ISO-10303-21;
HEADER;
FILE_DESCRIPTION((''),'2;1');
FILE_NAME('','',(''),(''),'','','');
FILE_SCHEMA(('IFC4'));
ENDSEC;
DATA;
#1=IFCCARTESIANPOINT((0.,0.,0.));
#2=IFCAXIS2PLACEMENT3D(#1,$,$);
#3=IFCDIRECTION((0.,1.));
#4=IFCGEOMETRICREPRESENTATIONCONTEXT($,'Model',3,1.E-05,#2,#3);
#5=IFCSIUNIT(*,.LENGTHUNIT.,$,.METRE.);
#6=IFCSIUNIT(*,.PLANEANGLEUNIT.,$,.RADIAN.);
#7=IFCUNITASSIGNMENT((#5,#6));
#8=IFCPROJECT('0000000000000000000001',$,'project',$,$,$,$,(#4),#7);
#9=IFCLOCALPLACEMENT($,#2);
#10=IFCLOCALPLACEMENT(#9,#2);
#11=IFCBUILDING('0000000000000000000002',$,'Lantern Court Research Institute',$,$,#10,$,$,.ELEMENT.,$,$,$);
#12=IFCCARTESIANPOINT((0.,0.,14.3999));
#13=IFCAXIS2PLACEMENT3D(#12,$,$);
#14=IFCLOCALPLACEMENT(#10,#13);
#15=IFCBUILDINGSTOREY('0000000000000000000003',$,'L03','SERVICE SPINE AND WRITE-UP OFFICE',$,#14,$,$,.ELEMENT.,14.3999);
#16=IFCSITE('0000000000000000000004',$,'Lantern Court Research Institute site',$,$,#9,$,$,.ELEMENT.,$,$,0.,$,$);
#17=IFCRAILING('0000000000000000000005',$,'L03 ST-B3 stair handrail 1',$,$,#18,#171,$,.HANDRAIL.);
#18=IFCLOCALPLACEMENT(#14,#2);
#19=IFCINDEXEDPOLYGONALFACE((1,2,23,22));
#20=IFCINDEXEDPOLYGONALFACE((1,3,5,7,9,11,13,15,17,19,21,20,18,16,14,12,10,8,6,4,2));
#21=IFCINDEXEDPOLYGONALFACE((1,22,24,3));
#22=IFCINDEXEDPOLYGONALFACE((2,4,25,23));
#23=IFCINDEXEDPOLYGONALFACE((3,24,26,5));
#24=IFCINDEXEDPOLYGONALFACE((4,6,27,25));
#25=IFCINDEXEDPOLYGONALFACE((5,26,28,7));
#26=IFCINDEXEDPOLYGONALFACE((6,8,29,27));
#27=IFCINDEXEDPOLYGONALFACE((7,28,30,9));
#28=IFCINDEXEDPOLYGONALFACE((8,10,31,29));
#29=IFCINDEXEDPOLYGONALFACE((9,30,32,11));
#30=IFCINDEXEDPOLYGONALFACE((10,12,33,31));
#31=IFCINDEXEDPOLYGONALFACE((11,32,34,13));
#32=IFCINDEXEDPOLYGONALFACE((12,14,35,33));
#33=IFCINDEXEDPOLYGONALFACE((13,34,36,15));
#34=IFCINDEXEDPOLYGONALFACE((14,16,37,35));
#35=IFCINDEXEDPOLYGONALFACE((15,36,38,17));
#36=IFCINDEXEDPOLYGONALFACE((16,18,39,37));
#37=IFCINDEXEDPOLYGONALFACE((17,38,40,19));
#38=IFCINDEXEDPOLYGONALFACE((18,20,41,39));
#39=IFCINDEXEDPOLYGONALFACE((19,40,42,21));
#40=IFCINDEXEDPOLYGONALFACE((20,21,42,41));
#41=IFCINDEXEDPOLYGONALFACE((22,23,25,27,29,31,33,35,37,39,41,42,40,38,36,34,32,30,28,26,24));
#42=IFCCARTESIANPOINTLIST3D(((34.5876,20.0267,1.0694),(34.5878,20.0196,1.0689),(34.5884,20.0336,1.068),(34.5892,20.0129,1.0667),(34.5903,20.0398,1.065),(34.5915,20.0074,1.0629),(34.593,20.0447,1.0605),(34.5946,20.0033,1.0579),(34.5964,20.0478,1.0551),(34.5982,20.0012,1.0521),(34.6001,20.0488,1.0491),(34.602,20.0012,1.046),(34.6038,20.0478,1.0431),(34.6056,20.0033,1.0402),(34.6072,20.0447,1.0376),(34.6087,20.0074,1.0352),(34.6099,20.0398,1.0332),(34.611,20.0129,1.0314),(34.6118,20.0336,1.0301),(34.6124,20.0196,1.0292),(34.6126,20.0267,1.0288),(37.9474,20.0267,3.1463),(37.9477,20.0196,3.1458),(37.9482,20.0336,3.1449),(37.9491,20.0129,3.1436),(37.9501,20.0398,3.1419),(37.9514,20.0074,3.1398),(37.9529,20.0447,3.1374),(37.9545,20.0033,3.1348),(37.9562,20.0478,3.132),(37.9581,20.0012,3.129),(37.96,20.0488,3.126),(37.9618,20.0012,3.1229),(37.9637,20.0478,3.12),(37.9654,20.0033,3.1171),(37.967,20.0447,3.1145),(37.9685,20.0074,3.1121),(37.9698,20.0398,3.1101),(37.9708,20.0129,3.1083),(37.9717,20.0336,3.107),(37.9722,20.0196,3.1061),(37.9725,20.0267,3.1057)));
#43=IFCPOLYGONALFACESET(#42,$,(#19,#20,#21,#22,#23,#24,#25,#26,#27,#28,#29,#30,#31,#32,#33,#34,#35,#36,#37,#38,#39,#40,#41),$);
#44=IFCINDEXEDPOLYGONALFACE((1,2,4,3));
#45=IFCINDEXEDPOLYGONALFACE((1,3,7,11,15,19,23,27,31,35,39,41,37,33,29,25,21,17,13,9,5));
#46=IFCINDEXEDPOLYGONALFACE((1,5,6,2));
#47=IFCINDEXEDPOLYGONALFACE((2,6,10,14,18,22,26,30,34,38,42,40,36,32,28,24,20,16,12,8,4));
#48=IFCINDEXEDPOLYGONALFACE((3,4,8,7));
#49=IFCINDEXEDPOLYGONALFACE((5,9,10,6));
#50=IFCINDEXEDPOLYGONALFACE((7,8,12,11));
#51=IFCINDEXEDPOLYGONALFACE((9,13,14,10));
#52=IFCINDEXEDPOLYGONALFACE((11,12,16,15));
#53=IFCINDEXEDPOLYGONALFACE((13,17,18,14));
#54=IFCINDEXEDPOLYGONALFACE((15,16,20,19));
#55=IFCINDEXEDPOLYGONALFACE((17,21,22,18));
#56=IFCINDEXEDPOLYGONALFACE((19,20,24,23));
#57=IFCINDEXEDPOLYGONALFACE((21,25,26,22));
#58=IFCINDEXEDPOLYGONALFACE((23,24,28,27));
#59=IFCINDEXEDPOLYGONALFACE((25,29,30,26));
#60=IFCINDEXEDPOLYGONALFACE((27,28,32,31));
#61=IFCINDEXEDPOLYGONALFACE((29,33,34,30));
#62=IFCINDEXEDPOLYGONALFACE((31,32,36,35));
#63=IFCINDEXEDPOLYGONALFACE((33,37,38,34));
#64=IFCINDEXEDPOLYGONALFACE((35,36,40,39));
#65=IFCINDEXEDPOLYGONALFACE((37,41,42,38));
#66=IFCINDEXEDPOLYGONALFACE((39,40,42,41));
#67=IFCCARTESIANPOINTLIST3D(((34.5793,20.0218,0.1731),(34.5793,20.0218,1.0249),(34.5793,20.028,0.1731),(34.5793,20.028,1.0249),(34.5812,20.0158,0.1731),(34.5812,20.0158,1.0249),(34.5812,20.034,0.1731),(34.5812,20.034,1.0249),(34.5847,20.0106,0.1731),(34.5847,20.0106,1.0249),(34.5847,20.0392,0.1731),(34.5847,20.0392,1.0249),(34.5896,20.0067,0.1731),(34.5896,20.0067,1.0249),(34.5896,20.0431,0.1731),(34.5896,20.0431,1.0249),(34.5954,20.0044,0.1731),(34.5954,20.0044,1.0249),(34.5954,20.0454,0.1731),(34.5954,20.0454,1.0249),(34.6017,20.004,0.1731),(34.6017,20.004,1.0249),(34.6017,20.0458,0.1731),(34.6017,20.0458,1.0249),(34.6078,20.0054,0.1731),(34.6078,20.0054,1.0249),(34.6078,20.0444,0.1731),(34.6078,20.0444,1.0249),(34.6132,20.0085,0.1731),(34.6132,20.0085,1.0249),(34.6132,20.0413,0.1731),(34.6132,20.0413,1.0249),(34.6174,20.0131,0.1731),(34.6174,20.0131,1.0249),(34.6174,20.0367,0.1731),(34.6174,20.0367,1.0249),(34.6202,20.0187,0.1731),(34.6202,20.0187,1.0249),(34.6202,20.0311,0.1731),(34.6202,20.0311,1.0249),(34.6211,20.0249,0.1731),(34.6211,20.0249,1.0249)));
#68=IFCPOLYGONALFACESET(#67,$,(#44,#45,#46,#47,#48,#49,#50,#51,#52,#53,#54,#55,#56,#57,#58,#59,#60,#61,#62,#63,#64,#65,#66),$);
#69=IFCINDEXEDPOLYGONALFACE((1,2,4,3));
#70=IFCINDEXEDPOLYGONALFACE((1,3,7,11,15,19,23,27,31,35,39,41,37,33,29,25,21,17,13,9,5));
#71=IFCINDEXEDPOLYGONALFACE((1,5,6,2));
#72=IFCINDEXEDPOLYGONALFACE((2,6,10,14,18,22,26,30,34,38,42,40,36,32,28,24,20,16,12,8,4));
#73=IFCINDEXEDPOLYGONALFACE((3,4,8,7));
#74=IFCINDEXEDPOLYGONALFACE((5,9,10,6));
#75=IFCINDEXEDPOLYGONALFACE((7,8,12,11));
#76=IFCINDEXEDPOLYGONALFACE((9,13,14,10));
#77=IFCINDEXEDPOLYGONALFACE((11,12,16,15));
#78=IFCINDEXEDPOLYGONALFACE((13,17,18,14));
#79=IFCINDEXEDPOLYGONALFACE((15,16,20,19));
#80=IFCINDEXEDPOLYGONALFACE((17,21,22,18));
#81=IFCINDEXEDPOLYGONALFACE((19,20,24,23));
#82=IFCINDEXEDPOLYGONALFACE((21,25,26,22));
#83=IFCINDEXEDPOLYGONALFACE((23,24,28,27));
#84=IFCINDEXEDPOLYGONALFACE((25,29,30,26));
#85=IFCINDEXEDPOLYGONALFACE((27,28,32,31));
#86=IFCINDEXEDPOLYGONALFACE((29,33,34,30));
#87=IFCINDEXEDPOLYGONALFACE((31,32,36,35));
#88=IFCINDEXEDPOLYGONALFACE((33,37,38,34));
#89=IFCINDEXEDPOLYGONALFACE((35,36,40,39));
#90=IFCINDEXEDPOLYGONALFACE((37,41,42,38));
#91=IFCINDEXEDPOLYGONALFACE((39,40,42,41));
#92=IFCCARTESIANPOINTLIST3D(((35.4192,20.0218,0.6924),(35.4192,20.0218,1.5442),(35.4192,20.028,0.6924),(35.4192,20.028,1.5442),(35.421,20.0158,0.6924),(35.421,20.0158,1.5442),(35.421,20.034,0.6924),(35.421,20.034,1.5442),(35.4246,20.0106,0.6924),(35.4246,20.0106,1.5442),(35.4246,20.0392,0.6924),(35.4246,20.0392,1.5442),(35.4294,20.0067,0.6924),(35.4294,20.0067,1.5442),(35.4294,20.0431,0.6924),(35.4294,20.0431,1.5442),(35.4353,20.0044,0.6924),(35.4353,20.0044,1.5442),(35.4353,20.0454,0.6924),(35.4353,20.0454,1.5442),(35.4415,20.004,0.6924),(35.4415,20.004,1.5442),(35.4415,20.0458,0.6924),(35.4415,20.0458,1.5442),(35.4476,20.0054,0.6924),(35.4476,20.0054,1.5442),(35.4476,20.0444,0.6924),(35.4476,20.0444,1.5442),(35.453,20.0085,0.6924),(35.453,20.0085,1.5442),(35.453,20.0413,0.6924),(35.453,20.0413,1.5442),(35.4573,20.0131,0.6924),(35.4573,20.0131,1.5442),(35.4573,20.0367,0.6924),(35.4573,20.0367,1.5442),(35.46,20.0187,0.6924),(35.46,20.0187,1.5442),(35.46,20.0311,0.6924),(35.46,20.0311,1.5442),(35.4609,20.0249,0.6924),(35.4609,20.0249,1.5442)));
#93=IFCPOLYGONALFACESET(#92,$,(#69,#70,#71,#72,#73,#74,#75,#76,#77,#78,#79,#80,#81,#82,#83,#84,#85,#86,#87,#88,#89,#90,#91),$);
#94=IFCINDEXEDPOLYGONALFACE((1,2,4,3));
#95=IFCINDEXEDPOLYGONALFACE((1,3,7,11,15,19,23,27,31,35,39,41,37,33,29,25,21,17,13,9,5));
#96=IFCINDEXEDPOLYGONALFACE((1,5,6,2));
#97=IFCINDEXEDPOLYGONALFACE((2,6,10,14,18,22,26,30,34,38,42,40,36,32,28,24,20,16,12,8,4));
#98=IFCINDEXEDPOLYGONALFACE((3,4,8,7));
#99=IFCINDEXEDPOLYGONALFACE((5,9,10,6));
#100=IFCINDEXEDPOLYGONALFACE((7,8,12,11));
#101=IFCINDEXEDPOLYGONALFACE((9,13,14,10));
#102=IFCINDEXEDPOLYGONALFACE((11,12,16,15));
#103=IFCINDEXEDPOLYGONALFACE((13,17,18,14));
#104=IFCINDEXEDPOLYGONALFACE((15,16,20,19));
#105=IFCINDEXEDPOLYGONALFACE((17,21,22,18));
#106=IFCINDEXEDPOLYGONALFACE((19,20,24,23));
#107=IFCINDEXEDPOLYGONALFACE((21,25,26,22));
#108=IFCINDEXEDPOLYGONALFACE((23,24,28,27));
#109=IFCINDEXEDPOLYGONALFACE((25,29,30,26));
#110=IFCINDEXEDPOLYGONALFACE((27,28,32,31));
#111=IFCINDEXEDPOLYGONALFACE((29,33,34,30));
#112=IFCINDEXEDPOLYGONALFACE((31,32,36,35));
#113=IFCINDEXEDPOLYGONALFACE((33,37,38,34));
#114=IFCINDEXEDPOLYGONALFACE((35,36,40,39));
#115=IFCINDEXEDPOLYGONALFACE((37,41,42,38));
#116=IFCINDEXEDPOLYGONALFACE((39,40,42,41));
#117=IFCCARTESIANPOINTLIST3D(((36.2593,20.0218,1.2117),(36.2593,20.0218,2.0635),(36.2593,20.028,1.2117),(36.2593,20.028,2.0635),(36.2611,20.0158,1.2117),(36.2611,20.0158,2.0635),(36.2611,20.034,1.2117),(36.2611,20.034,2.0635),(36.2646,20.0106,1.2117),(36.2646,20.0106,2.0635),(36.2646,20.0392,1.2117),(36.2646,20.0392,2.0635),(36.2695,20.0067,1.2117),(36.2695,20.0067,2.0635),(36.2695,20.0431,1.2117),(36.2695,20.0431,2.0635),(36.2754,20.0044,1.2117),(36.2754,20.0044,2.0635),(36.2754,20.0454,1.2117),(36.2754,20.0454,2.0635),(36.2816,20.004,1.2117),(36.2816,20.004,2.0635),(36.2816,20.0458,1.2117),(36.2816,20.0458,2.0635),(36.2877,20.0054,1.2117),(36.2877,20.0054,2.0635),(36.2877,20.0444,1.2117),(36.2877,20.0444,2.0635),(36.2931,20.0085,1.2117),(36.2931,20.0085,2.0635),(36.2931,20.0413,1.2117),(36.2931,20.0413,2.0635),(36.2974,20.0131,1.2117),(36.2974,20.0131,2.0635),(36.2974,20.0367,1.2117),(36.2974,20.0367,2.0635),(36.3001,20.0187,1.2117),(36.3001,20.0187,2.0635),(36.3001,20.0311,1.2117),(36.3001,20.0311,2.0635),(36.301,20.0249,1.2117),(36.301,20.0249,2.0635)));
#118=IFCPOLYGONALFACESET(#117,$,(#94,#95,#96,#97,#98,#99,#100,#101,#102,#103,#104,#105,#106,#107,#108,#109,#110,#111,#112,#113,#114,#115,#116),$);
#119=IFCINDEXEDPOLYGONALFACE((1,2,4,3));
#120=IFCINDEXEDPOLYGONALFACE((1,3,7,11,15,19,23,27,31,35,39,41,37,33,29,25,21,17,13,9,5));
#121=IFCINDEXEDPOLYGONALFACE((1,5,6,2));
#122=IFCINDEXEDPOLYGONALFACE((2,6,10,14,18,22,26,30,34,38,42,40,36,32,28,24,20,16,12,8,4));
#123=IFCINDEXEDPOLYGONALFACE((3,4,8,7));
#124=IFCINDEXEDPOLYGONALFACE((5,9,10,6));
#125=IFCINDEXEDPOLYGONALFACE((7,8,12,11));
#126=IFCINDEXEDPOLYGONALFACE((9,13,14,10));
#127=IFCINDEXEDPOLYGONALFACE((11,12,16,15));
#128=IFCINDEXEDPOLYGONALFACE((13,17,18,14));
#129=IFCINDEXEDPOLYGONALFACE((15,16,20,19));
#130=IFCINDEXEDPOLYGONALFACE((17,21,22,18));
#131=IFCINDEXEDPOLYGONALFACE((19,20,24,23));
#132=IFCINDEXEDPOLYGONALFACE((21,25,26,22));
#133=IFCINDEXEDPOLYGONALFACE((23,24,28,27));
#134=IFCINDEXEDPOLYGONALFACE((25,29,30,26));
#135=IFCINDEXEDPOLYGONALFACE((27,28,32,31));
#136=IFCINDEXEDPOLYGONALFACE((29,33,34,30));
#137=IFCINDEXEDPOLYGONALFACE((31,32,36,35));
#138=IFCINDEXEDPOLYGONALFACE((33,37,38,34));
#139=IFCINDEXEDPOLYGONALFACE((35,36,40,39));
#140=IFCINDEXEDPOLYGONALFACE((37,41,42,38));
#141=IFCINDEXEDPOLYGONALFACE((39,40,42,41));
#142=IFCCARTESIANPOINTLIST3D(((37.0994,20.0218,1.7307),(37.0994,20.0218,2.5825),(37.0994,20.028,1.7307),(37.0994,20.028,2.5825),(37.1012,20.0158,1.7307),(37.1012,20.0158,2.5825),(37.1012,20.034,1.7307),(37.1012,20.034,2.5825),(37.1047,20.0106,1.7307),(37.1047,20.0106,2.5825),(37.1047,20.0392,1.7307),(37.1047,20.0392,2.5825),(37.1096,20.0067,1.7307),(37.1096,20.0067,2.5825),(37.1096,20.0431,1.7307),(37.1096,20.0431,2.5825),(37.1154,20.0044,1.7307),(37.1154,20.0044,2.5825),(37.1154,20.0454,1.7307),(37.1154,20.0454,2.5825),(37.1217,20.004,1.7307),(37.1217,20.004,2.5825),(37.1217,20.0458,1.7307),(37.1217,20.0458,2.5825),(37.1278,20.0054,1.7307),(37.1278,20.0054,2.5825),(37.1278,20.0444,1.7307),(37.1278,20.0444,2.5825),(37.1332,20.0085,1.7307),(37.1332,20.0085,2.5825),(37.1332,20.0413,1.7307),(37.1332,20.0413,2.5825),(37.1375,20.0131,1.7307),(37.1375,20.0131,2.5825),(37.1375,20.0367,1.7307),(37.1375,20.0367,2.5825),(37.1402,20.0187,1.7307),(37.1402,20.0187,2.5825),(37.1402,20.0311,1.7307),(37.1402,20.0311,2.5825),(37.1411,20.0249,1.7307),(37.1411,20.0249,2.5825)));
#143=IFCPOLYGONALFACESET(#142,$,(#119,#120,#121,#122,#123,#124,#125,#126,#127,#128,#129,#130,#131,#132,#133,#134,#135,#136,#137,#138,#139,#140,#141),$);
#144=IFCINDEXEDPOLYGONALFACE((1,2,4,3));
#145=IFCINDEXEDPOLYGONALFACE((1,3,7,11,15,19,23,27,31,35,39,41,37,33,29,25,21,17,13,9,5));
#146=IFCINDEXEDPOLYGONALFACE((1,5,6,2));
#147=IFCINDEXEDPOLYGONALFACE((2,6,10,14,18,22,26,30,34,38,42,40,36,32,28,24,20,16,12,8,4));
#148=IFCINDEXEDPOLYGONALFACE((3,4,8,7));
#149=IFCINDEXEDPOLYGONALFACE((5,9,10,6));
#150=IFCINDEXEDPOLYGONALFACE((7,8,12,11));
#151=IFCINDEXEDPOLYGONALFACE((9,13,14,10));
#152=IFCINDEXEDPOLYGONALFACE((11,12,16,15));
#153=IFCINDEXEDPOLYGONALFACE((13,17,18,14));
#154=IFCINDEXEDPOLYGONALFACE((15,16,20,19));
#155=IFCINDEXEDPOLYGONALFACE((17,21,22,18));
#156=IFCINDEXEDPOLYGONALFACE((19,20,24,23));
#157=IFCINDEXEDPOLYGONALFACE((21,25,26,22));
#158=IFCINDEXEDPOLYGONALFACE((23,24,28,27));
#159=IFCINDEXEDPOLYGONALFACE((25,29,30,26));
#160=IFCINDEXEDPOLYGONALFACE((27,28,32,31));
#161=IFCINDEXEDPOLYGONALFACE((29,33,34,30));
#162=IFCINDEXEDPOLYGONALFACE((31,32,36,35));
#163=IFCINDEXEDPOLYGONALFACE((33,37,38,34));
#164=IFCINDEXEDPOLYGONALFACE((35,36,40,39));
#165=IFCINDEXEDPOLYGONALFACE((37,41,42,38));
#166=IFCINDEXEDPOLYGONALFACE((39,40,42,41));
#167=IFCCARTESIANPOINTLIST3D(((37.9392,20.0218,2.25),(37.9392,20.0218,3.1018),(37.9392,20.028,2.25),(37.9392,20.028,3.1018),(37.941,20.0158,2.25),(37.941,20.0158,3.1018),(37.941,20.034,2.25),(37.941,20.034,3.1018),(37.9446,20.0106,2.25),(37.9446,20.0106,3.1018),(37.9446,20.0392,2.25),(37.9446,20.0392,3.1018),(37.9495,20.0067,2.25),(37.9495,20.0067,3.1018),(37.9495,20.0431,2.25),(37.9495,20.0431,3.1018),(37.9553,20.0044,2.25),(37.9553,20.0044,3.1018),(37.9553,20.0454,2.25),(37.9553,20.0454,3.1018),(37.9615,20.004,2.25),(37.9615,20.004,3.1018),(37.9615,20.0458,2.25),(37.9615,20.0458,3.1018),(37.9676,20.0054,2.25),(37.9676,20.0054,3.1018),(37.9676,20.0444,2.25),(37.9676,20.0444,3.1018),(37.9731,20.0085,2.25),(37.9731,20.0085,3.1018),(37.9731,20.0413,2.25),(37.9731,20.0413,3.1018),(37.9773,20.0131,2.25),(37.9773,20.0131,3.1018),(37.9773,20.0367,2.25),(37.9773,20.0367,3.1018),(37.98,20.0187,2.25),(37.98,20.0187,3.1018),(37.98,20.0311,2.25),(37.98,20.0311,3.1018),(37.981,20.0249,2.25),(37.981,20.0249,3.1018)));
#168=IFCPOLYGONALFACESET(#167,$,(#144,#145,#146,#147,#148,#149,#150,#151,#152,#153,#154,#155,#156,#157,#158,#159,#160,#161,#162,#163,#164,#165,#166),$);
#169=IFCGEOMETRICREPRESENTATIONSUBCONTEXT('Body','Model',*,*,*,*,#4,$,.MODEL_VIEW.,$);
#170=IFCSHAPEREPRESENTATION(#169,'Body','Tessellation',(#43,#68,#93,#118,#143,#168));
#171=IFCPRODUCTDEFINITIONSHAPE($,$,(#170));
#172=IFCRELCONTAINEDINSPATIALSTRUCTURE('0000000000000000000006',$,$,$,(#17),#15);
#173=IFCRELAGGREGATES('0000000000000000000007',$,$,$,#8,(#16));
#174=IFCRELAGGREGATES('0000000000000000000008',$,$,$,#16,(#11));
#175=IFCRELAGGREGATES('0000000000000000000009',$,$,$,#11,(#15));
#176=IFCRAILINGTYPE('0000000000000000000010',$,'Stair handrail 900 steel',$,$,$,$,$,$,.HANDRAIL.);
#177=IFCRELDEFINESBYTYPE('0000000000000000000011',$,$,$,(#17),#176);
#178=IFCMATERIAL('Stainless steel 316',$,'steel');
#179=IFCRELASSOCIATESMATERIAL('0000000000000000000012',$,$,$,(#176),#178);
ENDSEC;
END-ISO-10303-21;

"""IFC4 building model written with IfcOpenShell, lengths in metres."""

from ifc_helpers import new_model, si_unit, direction, frame, origin, origin_2d, place, context, subcontext, project, spatial, circle, extrude, material, type_object, element, save


model = new_model("IFC4")

# Units and contexts
model_context = context("Model", 3, precision=1e-05, world=origin(), true_north=direction((0.0, 1.0)))
body_context = subcontext(model_context, "Body", "Model", "MODEL_VIEW")
ifc_project = project(units=[si_unit("LENGTHUNIT", "METRE"), si_unit("PLANEANGLEUNIT", "RADIAN")], contexts=[model_context])

# Site, building, storey
site_placement = place(None, origin())
site = spatial("IfcSite", under=ifc_project, at=site_placement, Name="Lantern Court Research Institute site", CompositionType="ELEMENT", RefElevation=0.0)
building_placement = place(site_placement, origin())
building = spatial("IfcBuilding", under=site, at=building_placement, Name="Lantern Court Research Institute", CompositionType="ELEMENT")
storey_placement = place(building_placement, frame((0.0, 0.0, 14.3999)))
storey = spatial("IfcBuildingStorey", under=building, at=storey_placement, Name="L03", Description="SERVICE SPINE AND WRITE-UP OFFICE", CompositionType="ELEMENT", Elevation=14.3999)

# Railing
ifc_material_1 = material(Name="Stainless steel 316", Category="steel")
railing_type = type_object("IfcRailingType", Name="Stair handrail 900 steel", PredefinedType="HANDRAIL", material=ifc_material_1)
railing_placement = place(storey_placement, frame((34.6001, 20.0249, 0.1731)))
element("IfcRailing", 1, at=railing_placement, inside=storey, type_object=railing_type, Name="L03 ST-B3 stair handrail 1", PredefinedType="HANDRAIL", context=body_context, shape_type="SweptSolid", body=[
    extrude(circle(Radius=0.0239, at=origin_2d()), frame((0.0, 0.0, 0.876), z_axis=(0.850606, 0.0, 0.525803), x_axis=(0.0, 1.0, 0.0)), (0.0, 0.0, 1.0), 3.95),
    extrude(circle(Radius=0.021, at=origin_2d()), origin(), (0.0, 0.0, 1.0), 0.8518),
    extrude(circle(Radius=0.021, at=origin_2d()), frame((0.8398, 0.0, 0.5193)), (0.0, 0.0, 1.0), 0.8518),
    extrude(circle(Radius=0.021, at=origin_2d()), frame((1.6799, 0.0, 1.0386)), (0.0, 0.0, 1.0), 0.8518),
    extrude(circle(Radius=0.021, at=origin_2d()), frame((2.52, 0.0, 1.5576)), (0.0, 0.0, 1.0), 0.8518),
    extrude(circle(Radius=0.021, at=origin_2d()), frame((3.3599, 0.0, 2.0769)), (0.0, 0.0, 1.0), 0.8518),
])

save(model, "model.ifc")
